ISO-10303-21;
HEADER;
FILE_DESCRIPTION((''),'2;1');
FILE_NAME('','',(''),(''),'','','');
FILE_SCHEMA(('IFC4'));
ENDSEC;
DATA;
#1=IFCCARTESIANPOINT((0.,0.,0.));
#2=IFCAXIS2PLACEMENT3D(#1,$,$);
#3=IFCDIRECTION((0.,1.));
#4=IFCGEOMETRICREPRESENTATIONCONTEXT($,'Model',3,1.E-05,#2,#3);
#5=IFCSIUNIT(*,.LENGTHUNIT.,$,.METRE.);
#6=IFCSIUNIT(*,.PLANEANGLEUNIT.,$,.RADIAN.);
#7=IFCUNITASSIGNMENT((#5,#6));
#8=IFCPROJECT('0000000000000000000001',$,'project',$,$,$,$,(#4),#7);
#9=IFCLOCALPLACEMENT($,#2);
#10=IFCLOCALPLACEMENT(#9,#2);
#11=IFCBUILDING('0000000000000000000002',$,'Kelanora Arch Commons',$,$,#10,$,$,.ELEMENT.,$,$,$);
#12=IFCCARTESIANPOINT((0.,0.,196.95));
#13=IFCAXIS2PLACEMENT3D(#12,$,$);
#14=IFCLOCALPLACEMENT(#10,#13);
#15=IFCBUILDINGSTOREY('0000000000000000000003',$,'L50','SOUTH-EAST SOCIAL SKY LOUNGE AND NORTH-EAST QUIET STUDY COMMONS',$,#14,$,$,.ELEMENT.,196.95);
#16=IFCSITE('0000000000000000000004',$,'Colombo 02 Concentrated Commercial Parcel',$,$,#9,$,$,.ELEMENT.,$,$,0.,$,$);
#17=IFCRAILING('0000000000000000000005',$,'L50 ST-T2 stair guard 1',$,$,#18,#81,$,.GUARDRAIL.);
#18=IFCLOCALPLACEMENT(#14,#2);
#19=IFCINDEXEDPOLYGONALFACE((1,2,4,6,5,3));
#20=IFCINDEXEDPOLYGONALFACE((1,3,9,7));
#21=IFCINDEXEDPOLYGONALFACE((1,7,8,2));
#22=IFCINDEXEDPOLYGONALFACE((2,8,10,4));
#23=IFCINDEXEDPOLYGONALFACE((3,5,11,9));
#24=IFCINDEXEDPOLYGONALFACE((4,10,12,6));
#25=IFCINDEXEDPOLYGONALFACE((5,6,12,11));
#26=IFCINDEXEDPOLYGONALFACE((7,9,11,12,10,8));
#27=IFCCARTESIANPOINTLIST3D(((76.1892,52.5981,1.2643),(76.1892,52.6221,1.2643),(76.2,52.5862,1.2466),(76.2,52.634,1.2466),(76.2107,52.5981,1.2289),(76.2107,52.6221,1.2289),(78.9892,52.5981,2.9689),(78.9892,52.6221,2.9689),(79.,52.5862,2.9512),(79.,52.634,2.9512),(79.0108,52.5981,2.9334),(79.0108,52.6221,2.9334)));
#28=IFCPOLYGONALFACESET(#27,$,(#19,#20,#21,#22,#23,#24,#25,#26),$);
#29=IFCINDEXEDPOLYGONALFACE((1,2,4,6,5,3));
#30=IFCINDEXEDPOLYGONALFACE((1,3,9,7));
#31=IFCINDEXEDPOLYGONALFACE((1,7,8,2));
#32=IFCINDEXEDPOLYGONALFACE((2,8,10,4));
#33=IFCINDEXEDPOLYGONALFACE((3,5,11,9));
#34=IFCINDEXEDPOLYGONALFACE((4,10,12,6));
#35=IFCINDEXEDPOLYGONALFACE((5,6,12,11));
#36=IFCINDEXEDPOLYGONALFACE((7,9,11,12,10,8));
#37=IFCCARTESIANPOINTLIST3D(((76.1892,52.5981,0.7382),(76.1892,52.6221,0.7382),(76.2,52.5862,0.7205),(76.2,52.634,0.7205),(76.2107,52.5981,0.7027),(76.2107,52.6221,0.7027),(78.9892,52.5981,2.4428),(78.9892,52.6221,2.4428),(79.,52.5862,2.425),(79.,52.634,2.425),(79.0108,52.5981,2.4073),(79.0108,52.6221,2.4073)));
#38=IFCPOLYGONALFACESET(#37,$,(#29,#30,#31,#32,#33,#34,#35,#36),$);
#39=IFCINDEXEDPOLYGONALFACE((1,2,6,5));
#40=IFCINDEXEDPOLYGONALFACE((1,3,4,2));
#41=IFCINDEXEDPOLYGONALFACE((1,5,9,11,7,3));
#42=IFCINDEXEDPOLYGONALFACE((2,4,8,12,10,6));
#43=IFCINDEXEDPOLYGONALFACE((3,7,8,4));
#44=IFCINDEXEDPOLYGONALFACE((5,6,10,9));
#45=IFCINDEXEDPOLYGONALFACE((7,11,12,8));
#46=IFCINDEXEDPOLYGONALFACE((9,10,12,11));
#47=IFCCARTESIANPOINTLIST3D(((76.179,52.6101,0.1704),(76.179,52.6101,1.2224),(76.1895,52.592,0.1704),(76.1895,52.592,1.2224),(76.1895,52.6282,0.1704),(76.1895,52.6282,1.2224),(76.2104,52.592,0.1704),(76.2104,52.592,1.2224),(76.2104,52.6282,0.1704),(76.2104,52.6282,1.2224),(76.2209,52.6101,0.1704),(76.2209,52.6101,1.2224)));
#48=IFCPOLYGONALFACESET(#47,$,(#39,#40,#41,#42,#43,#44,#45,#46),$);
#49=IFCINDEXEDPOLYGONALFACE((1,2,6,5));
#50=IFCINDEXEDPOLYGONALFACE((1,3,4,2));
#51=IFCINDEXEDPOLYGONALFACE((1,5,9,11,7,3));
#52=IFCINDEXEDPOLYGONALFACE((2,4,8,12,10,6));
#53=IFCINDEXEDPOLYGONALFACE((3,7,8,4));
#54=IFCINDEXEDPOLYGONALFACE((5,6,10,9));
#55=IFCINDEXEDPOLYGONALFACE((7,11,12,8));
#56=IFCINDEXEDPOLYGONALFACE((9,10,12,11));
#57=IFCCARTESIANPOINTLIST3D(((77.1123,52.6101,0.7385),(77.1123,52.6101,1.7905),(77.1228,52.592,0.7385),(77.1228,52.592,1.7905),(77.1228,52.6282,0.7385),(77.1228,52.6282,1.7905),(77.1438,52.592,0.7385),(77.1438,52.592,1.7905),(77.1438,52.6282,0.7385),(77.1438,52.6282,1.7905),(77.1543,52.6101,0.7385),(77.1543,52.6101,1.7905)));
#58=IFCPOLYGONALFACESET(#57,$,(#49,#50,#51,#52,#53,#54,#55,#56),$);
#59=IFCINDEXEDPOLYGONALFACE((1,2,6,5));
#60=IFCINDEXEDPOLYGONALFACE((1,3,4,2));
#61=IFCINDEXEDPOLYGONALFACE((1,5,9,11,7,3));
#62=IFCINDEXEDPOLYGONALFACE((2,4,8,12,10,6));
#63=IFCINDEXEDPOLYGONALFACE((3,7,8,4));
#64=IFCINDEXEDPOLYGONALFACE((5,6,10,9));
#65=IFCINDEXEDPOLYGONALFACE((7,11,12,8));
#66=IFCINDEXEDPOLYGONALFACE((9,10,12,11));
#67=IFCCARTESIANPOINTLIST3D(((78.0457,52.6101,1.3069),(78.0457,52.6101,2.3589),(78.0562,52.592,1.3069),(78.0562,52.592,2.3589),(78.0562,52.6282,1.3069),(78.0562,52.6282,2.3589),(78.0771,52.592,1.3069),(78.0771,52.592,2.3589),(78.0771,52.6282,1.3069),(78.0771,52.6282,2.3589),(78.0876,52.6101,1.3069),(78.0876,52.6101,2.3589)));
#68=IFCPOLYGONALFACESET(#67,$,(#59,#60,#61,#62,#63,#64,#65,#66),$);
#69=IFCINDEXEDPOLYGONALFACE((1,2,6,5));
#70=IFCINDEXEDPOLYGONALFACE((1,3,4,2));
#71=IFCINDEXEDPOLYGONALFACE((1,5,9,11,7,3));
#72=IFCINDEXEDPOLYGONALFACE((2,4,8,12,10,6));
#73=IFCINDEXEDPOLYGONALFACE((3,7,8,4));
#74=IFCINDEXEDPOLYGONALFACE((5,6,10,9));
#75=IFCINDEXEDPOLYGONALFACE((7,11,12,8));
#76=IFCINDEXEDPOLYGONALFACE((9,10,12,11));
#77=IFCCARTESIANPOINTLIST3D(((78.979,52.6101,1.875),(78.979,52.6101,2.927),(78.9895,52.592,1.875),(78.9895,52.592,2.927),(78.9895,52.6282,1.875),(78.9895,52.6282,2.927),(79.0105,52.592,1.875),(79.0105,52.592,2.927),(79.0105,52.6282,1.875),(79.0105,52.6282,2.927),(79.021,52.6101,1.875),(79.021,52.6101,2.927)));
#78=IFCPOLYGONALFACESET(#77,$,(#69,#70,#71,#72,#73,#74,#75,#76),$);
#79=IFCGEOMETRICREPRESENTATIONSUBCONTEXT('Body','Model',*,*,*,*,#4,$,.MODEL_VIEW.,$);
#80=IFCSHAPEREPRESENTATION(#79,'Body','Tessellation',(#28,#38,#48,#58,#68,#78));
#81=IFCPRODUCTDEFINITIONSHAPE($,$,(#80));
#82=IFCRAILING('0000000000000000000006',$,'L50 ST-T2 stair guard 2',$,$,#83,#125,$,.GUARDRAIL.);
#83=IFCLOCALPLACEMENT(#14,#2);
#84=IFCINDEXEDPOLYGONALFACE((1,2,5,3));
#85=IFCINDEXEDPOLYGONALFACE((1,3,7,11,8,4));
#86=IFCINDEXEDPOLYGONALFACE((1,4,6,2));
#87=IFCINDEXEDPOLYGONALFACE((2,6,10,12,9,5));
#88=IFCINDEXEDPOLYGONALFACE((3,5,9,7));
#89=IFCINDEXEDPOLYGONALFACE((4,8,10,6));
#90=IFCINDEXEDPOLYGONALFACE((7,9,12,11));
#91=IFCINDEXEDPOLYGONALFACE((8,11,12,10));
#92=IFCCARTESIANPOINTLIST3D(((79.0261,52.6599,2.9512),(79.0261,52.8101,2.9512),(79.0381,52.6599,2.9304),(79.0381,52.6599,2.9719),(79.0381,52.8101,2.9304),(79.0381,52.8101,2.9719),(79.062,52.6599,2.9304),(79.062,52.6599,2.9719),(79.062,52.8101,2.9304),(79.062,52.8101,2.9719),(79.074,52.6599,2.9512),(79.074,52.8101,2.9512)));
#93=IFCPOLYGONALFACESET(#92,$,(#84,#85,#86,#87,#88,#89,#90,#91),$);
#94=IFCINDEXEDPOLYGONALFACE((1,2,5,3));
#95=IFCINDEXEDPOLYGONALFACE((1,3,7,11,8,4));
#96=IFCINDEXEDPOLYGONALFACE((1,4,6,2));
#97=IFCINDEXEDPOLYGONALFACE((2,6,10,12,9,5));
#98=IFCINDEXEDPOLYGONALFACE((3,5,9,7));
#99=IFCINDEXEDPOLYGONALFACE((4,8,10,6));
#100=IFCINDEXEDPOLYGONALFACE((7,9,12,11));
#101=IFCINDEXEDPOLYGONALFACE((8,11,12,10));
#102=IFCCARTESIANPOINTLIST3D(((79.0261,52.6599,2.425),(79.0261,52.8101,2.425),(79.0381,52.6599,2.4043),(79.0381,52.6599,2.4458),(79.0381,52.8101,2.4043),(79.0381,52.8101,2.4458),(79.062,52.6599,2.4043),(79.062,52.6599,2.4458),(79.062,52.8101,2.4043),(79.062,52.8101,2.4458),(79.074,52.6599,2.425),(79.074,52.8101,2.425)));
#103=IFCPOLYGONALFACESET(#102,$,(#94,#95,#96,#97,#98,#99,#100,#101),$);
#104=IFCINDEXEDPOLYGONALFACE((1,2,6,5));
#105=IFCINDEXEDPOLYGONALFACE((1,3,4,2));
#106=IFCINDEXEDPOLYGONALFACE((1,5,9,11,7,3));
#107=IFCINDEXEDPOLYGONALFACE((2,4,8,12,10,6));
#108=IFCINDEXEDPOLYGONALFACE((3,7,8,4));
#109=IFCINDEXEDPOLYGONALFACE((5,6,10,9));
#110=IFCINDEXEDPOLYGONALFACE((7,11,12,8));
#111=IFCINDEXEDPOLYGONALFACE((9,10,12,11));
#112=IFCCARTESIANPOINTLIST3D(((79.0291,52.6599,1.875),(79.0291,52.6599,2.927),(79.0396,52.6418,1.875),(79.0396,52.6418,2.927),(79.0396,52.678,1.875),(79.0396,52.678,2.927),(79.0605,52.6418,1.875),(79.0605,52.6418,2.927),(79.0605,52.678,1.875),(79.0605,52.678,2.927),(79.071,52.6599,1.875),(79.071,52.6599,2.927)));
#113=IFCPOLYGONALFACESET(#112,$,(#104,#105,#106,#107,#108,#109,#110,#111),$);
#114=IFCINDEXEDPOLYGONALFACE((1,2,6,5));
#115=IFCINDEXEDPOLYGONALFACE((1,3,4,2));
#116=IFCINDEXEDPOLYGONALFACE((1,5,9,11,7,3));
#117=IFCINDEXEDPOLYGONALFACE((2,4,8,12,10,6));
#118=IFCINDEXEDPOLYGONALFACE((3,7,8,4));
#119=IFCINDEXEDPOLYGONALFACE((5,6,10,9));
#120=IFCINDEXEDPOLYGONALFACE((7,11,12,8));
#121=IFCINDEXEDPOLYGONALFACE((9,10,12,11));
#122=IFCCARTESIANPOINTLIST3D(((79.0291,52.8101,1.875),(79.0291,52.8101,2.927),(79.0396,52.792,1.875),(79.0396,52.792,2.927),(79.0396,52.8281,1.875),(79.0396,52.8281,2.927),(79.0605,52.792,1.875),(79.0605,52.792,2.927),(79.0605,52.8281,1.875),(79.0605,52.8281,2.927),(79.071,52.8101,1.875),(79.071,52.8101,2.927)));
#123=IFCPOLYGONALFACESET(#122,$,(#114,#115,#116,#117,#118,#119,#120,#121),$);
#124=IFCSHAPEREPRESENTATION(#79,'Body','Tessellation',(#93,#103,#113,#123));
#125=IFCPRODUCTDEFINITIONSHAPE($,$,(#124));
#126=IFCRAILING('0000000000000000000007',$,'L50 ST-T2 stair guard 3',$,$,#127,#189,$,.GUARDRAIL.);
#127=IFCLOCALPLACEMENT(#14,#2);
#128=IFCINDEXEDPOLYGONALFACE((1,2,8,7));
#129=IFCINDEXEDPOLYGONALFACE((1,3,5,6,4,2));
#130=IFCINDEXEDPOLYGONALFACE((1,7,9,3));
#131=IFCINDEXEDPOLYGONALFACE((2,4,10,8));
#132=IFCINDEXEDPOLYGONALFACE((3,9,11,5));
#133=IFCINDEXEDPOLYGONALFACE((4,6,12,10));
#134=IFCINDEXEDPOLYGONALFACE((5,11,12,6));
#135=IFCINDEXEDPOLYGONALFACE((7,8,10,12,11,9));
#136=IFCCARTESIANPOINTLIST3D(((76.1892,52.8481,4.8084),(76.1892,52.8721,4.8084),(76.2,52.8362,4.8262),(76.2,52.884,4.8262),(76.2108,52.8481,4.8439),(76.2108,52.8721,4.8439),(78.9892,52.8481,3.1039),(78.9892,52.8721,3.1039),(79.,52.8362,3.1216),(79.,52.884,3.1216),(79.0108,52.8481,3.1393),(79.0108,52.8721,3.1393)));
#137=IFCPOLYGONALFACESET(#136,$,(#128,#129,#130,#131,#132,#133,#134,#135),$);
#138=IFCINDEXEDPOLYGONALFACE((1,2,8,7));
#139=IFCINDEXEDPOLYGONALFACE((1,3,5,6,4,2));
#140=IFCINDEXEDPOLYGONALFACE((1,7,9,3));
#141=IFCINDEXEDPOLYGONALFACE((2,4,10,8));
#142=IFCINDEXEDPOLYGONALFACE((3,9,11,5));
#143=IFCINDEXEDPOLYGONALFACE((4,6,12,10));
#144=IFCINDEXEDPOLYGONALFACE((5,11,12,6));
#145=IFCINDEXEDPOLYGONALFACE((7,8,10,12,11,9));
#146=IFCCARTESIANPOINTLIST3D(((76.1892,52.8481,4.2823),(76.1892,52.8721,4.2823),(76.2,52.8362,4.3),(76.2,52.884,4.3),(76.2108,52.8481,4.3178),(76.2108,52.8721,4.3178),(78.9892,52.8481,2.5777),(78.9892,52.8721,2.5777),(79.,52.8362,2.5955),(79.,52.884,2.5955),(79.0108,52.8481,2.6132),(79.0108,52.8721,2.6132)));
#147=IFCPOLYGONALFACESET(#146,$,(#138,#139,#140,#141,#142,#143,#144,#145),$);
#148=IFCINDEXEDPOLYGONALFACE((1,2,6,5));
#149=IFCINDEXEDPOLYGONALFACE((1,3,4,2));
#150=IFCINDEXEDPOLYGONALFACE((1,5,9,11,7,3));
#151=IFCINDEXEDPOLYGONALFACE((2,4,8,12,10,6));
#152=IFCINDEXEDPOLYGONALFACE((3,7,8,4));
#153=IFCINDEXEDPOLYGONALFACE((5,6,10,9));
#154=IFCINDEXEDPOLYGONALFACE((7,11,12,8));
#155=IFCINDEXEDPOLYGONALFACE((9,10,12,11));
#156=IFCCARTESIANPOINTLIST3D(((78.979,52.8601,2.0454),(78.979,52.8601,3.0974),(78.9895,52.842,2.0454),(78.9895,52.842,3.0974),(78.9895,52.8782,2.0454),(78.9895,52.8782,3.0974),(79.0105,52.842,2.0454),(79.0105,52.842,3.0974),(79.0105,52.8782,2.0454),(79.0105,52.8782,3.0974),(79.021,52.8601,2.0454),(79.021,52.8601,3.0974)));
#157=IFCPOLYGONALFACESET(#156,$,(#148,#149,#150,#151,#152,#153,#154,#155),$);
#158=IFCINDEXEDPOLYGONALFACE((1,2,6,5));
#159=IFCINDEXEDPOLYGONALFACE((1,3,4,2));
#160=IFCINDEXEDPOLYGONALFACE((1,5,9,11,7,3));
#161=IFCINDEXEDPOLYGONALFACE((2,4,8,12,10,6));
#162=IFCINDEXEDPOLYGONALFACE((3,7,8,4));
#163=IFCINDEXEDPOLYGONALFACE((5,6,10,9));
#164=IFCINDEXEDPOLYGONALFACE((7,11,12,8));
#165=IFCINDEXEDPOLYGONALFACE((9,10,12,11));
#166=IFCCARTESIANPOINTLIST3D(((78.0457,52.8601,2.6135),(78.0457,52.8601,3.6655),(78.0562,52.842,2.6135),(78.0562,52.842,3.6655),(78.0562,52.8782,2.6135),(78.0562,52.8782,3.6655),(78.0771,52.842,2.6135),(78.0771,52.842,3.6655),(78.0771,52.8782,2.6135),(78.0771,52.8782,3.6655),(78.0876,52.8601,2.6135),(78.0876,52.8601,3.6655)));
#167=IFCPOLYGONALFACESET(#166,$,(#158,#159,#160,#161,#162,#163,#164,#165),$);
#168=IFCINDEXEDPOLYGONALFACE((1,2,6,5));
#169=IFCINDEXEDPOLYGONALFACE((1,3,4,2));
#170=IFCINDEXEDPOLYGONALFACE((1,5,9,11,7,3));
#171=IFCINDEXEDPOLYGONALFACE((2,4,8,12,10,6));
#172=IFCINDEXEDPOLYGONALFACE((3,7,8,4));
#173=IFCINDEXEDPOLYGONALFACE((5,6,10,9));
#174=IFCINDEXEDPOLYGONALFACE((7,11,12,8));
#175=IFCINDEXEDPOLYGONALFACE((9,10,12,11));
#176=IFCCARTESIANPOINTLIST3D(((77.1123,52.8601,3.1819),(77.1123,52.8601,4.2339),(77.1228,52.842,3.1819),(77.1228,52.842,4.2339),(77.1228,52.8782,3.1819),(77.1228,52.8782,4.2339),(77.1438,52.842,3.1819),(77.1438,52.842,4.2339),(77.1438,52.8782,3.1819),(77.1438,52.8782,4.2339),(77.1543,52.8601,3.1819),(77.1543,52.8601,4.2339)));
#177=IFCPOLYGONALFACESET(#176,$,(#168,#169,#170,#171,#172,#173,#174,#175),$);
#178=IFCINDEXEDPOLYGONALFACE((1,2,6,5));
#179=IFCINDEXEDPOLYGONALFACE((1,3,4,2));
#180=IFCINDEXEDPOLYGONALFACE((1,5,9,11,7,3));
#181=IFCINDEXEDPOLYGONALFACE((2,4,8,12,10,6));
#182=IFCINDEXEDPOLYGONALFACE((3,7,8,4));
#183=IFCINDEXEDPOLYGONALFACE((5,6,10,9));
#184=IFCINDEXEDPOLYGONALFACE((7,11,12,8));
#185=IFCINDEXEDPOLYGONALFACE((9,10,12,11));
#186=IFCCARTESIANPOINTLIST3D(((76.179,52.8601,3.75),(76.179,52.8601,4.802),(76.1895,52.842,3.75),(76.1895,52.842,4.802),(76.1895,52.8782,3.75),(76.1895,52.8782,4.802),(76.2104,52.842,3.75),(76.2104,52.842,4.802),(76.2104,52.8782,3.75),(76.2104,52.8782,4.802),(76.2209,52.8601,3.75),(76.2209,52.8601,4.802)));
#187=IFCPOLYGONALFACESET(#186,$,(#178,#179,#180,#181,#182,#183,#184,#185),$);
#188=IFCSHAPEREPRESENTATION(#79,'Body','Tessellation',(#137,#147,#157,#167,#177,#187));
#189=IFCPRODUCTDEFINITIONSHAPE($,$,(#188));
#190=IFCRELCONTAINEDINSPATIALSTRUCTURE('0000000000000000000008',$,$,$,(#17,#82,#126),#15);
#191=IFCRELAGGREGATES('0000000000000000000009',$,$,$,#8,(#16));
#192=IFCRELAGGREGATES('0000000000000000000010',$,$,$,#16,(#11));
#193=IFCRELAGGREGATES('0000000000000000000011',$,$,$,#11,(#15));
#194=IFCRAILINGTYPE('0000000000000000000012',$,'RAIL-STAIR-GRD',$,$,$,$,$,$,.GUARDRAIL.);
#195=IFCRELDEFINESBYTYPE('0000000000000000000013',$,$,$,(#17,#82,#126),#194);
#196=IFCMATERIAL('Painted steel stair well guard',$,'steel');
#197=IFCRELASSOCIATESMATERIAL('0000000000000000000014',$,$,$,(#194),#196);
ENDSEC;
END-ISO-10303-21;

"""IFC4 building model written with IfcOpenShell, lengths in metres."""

from ifc_helpers import new_model, si_unit, direction, frame, origin, place, context, subcontext, project, spatial, polyline, outline, extrude, material, type_object, element, save


model = new_model("IFC4")

# Units and contexts
model_context = context("Model", 3, precision=1e-05, world=origin(), true_north=direction((0.0, 1.0)))
body_context = subcontext(model_context, "Body", "Model", "MODEL_VIEW")
ifc_project = project(units=[si_unit("LENGTHUNIT", "METRE"), si_unit("PLANEANGLEUNIT", "RADIAN")], contexts=[model_context])

# Site, building, storey
site_placement = place(None, origin())
site = spatial("IfcSite", under=ifc_project, at=site_placement, Name="Colombo 02 Concentrated Commercial Parcel", CompositionType="ELEMENT", RefElevation=0.0)
building_placement = place(site_placement, origin())
building = spatial("IfcBuilding", under=site, at=building_placement, Name="Kelanora Arch Commons", CompositionType="ELEMENT")
storey_placement = place(building_placement, frame((0.0, 0.0, 196.95)))
storey = spatial("IfcBuildingStorey", under=building, at=storey_placement, Name="L50", Description="SOUTH-EAST SOCIAL SKY LOUNGE AND NORTH-EAST QUIET STUDY COMMONS", CompositionType="ELEMENT", Elevation=196.95)

# Railings
ifc_material_1 = material(Name="Painted steel stair well guard", Category="steel")
railing_type_1 = type_object("IfcRailingType", Name="RAIL-STAIR-GRD", PredefinedType="GUARDRAIL", material=ifc_material_1)
railing_1_placement = place(storey_placement, frame((76.2, 52.6101, 0.1704)))
element("IfcRailing", 1, at=railing_1_placement, inside=storey, type_object=railing_type_1, Name="L50 ST-T2 stair guard 1", PredefinedType="GUARDRAIL", context=body_context, shape_type="SweptSolid", body=[
    extrude(outline(polyline([(0.0239, 0.0), (0.012, 0.0208), (-0.012, 0.0208), (-0.0239, 0.0), (-0.012, -0.0208), (0.012, -0.0208), (0.0239, 0.0)])), frame((0.0, 0.0, 1.0762), z_axis=(0.85417, 0.0, 0.519994), x_axis=(0.0, 1.0, 0.0)), (0.0, 0.0, 1.0), 3.2781),
    extrude(outline(polyline([(0.0239, 0.0), (0.012, 0.0208), (-0.012, 0.0208), (-0.0239, 0.0), (-0.012, -0.0208), (0.012, -0.0208), (0.0239, 0.0)])), frame((0.0, 0.0, 0.55), z_axis=(0.85417, 0.0, 0.519994), x_axis=(0.0, 1.0, 0.0)), (0.0, 0.0, 1.0), 3.2781),
    extrude(outline(polyline([(0.021, 0.0), (0.0105, 0.0181), (-0.0105, 0.0181), (-0.021, 0.0), (-0.0105, -0.0181), (0.0105, -0.0181), (0.021, 0.0)])), origin(), (0.0, 0.0, 1.0), 1.052),
    extrude(outline(polyline([(0.021, 0.0), (0.0105, 0.0181), (-0.0105, 0.0181), (-0.021, 0.0), (-0.0105, -0.0181), (0.0105, -0.0181), (0.021, 0.0)])), frame((0.9333, 0.0, 0.5681)), (0.0, 0.0, 1.0), 1.052),
    extrude(outline(polyline([(0.021, 0.0), (0.0105, 0.0181), (-0.0105, 0.0181), (-0.021, 0.0), (-0.0105, -0.0181), (0.0105, -0.0181), (0.021, 0.0)])), frame((1.8667, 0.0, 1.1365)), (0.0, 0.0, 1.0), 1.052),
    extrude(outline(polyline([(0.021, 0.0), (0.0105, 0.0181), (-0.0105, 0.0181), (-0.021, 0.0), (-0.0105, -0.0181), (0.0105, -0.0181), (0.021, 0.0)])), frame((2.8, 0.0, 1.7046)), (0.0, 0.0, 1.0), 1.052),
])
railing_2_placement = place(storey_placement, frame((79.05, 52.6599, 1.875)))
element("IfcRailing", 2, at=railing_2_placement, inside=storey, type_object=railing_type_1, Name="L50 ST-T2 stair guard 2", PredefinedType="GUARDRAIL", context=body_context, shape_type="SweptSolid", body=[
    extrude(outline(polyline([(0.0239, 0.0), (0.012, 0.0208), (-0.012, 0.0208), (-0.0239, 0.0), (-0.012, -0.0208), (0.012, -0.0208), (0.0239, 0.0)])), frame((0.0, 0.0, 1.0762), z_axis=(0.0, 1.0, 0.0), x_axis=(-1.0, 0.0, 0.0)), (0.0, 0.0, 1.0), 0.1501),
    extrude(outline(polyline([(0.0239, 0.0), (0.012, 0.0208), (-0.012, 0.0208), (-0.0239, 0.0), (-0.012, -0.0208), (0.012, -0.0208), (0.0239, 0.0)])), frame((0.0, 0.0, 0.55), z_axis=(0.0, 1.0, 0.0), x_axis=(-1.0, 0.0, 0.0)), (0.0, 0.0, 1.0), 0.1501),
    extrude(outline(polyline([(0.021, 0.0), (0.0105, 0.0181), (-0.0105, 0.0181), (-0.021, 0.0), (-0.0105, -0.0181), (0.0105, -0.0181), (0.021, 0.0)])), origin(), (0.0, 0.0, 1.0), 1.052),
    extrude(outline(polyline([(0.021, 0.0), (0.0105, 0.0181), (-0.0105, 0.0181), (-0.021, 0.0), (-0.0105, -0.0181), (0.0105, -0.0181), (0.021, 0.0)])), frame((0.0, 0.1501, 0.0)), (0.0, 0.0, 1.0), 1.052),
])
railing_3_placement = place(storey_placement, frame((79.0, 52.8601, 2.0454)))
element("IfcRailing", 3, at=railing_3_placement, inside=storey, type_object=railing_type_1, Name="L50 ST-T2 stair guard 3", PredefinedType="GUARDRAIL", context=body_context, shape_type="SweptSolid", body=[
    extrude(outline(polyline([(0.0239, 0.0), (0.012, 0.0208), (-0.012, 0.0208), (-0.0239, 0.0), (-0.012, -0.0208), (0.012, -0.0208), (0.0239, 0.0)])), frame((0.0, 0.0, 1.0762), z_axis=(-0.85417, 0.0, 0.519994), x_axis=(0.0, -1.0, 0.0)), (0.0, 0.0, 1.0), 3.2781),
    extrude(outline(polyline([(0.0239, 0.0), (0.012, 0.0208), (-0.012, 0.0208), (-0.0239, 0.0), (-0.012, -0.0208), (0.012, -0.0208), (0.0239, 0.0)])), frame((0.0, 0.0, 0.55), z_axis=(-0.85417, 0.0, 0.519994), x_axis=(0.0, -1.0, 0.0)), (0.0, 0.0, 1.0), 3.2781),
    extrude(outline(polyline([(0.021, 0.0), (0.0105, 0.0181), (-0.0105, 0.0181), (-0.021, 0.0), (-0.0105, -0.0181), (0.0105, -0.0181), (0.021, 0.0)])), origin(), (0.0, 0.0, 1.0), 1.052),
    extrude(outline(polyline([(0.021, 0.0), (0.0105, 0.0181), (-0.0105, 0.0181), (-0.021, 0.0), (-0.0105, -0.0181), (0.0105, -0.0181), (0.021, 0.0)])), frame((-0.9333, 0.0, 0.5681)), (0.0, 0.0, 1.0), 1.052),
    extrude(outline(polyline([(0.021, 0.0), (0.0105, 0.0181), (-0.0105, 0.0181), (-0.021, 0.0), (-0.0105, -0.0181), (0.0105, -0.0181), (0.021, 0.0)])), frame((-1.8667, 0.0, 1.1365)), (0.0, 0.0, 1.0), 1.052),
    extrude(outline(polyline([(0.021, 0.0), (0.0105, 0.0181), (-0.0105, 0.0181), (-0.021, 0.0), (-0.0105, -0.0181), (0.0105, -0.0181), (0.021, 0.0)])), frame((-2.8, 0.0, 1.7046)), (0.0, 0.0, 1.0), 1.052),
])

save(model, "model.ifc")
